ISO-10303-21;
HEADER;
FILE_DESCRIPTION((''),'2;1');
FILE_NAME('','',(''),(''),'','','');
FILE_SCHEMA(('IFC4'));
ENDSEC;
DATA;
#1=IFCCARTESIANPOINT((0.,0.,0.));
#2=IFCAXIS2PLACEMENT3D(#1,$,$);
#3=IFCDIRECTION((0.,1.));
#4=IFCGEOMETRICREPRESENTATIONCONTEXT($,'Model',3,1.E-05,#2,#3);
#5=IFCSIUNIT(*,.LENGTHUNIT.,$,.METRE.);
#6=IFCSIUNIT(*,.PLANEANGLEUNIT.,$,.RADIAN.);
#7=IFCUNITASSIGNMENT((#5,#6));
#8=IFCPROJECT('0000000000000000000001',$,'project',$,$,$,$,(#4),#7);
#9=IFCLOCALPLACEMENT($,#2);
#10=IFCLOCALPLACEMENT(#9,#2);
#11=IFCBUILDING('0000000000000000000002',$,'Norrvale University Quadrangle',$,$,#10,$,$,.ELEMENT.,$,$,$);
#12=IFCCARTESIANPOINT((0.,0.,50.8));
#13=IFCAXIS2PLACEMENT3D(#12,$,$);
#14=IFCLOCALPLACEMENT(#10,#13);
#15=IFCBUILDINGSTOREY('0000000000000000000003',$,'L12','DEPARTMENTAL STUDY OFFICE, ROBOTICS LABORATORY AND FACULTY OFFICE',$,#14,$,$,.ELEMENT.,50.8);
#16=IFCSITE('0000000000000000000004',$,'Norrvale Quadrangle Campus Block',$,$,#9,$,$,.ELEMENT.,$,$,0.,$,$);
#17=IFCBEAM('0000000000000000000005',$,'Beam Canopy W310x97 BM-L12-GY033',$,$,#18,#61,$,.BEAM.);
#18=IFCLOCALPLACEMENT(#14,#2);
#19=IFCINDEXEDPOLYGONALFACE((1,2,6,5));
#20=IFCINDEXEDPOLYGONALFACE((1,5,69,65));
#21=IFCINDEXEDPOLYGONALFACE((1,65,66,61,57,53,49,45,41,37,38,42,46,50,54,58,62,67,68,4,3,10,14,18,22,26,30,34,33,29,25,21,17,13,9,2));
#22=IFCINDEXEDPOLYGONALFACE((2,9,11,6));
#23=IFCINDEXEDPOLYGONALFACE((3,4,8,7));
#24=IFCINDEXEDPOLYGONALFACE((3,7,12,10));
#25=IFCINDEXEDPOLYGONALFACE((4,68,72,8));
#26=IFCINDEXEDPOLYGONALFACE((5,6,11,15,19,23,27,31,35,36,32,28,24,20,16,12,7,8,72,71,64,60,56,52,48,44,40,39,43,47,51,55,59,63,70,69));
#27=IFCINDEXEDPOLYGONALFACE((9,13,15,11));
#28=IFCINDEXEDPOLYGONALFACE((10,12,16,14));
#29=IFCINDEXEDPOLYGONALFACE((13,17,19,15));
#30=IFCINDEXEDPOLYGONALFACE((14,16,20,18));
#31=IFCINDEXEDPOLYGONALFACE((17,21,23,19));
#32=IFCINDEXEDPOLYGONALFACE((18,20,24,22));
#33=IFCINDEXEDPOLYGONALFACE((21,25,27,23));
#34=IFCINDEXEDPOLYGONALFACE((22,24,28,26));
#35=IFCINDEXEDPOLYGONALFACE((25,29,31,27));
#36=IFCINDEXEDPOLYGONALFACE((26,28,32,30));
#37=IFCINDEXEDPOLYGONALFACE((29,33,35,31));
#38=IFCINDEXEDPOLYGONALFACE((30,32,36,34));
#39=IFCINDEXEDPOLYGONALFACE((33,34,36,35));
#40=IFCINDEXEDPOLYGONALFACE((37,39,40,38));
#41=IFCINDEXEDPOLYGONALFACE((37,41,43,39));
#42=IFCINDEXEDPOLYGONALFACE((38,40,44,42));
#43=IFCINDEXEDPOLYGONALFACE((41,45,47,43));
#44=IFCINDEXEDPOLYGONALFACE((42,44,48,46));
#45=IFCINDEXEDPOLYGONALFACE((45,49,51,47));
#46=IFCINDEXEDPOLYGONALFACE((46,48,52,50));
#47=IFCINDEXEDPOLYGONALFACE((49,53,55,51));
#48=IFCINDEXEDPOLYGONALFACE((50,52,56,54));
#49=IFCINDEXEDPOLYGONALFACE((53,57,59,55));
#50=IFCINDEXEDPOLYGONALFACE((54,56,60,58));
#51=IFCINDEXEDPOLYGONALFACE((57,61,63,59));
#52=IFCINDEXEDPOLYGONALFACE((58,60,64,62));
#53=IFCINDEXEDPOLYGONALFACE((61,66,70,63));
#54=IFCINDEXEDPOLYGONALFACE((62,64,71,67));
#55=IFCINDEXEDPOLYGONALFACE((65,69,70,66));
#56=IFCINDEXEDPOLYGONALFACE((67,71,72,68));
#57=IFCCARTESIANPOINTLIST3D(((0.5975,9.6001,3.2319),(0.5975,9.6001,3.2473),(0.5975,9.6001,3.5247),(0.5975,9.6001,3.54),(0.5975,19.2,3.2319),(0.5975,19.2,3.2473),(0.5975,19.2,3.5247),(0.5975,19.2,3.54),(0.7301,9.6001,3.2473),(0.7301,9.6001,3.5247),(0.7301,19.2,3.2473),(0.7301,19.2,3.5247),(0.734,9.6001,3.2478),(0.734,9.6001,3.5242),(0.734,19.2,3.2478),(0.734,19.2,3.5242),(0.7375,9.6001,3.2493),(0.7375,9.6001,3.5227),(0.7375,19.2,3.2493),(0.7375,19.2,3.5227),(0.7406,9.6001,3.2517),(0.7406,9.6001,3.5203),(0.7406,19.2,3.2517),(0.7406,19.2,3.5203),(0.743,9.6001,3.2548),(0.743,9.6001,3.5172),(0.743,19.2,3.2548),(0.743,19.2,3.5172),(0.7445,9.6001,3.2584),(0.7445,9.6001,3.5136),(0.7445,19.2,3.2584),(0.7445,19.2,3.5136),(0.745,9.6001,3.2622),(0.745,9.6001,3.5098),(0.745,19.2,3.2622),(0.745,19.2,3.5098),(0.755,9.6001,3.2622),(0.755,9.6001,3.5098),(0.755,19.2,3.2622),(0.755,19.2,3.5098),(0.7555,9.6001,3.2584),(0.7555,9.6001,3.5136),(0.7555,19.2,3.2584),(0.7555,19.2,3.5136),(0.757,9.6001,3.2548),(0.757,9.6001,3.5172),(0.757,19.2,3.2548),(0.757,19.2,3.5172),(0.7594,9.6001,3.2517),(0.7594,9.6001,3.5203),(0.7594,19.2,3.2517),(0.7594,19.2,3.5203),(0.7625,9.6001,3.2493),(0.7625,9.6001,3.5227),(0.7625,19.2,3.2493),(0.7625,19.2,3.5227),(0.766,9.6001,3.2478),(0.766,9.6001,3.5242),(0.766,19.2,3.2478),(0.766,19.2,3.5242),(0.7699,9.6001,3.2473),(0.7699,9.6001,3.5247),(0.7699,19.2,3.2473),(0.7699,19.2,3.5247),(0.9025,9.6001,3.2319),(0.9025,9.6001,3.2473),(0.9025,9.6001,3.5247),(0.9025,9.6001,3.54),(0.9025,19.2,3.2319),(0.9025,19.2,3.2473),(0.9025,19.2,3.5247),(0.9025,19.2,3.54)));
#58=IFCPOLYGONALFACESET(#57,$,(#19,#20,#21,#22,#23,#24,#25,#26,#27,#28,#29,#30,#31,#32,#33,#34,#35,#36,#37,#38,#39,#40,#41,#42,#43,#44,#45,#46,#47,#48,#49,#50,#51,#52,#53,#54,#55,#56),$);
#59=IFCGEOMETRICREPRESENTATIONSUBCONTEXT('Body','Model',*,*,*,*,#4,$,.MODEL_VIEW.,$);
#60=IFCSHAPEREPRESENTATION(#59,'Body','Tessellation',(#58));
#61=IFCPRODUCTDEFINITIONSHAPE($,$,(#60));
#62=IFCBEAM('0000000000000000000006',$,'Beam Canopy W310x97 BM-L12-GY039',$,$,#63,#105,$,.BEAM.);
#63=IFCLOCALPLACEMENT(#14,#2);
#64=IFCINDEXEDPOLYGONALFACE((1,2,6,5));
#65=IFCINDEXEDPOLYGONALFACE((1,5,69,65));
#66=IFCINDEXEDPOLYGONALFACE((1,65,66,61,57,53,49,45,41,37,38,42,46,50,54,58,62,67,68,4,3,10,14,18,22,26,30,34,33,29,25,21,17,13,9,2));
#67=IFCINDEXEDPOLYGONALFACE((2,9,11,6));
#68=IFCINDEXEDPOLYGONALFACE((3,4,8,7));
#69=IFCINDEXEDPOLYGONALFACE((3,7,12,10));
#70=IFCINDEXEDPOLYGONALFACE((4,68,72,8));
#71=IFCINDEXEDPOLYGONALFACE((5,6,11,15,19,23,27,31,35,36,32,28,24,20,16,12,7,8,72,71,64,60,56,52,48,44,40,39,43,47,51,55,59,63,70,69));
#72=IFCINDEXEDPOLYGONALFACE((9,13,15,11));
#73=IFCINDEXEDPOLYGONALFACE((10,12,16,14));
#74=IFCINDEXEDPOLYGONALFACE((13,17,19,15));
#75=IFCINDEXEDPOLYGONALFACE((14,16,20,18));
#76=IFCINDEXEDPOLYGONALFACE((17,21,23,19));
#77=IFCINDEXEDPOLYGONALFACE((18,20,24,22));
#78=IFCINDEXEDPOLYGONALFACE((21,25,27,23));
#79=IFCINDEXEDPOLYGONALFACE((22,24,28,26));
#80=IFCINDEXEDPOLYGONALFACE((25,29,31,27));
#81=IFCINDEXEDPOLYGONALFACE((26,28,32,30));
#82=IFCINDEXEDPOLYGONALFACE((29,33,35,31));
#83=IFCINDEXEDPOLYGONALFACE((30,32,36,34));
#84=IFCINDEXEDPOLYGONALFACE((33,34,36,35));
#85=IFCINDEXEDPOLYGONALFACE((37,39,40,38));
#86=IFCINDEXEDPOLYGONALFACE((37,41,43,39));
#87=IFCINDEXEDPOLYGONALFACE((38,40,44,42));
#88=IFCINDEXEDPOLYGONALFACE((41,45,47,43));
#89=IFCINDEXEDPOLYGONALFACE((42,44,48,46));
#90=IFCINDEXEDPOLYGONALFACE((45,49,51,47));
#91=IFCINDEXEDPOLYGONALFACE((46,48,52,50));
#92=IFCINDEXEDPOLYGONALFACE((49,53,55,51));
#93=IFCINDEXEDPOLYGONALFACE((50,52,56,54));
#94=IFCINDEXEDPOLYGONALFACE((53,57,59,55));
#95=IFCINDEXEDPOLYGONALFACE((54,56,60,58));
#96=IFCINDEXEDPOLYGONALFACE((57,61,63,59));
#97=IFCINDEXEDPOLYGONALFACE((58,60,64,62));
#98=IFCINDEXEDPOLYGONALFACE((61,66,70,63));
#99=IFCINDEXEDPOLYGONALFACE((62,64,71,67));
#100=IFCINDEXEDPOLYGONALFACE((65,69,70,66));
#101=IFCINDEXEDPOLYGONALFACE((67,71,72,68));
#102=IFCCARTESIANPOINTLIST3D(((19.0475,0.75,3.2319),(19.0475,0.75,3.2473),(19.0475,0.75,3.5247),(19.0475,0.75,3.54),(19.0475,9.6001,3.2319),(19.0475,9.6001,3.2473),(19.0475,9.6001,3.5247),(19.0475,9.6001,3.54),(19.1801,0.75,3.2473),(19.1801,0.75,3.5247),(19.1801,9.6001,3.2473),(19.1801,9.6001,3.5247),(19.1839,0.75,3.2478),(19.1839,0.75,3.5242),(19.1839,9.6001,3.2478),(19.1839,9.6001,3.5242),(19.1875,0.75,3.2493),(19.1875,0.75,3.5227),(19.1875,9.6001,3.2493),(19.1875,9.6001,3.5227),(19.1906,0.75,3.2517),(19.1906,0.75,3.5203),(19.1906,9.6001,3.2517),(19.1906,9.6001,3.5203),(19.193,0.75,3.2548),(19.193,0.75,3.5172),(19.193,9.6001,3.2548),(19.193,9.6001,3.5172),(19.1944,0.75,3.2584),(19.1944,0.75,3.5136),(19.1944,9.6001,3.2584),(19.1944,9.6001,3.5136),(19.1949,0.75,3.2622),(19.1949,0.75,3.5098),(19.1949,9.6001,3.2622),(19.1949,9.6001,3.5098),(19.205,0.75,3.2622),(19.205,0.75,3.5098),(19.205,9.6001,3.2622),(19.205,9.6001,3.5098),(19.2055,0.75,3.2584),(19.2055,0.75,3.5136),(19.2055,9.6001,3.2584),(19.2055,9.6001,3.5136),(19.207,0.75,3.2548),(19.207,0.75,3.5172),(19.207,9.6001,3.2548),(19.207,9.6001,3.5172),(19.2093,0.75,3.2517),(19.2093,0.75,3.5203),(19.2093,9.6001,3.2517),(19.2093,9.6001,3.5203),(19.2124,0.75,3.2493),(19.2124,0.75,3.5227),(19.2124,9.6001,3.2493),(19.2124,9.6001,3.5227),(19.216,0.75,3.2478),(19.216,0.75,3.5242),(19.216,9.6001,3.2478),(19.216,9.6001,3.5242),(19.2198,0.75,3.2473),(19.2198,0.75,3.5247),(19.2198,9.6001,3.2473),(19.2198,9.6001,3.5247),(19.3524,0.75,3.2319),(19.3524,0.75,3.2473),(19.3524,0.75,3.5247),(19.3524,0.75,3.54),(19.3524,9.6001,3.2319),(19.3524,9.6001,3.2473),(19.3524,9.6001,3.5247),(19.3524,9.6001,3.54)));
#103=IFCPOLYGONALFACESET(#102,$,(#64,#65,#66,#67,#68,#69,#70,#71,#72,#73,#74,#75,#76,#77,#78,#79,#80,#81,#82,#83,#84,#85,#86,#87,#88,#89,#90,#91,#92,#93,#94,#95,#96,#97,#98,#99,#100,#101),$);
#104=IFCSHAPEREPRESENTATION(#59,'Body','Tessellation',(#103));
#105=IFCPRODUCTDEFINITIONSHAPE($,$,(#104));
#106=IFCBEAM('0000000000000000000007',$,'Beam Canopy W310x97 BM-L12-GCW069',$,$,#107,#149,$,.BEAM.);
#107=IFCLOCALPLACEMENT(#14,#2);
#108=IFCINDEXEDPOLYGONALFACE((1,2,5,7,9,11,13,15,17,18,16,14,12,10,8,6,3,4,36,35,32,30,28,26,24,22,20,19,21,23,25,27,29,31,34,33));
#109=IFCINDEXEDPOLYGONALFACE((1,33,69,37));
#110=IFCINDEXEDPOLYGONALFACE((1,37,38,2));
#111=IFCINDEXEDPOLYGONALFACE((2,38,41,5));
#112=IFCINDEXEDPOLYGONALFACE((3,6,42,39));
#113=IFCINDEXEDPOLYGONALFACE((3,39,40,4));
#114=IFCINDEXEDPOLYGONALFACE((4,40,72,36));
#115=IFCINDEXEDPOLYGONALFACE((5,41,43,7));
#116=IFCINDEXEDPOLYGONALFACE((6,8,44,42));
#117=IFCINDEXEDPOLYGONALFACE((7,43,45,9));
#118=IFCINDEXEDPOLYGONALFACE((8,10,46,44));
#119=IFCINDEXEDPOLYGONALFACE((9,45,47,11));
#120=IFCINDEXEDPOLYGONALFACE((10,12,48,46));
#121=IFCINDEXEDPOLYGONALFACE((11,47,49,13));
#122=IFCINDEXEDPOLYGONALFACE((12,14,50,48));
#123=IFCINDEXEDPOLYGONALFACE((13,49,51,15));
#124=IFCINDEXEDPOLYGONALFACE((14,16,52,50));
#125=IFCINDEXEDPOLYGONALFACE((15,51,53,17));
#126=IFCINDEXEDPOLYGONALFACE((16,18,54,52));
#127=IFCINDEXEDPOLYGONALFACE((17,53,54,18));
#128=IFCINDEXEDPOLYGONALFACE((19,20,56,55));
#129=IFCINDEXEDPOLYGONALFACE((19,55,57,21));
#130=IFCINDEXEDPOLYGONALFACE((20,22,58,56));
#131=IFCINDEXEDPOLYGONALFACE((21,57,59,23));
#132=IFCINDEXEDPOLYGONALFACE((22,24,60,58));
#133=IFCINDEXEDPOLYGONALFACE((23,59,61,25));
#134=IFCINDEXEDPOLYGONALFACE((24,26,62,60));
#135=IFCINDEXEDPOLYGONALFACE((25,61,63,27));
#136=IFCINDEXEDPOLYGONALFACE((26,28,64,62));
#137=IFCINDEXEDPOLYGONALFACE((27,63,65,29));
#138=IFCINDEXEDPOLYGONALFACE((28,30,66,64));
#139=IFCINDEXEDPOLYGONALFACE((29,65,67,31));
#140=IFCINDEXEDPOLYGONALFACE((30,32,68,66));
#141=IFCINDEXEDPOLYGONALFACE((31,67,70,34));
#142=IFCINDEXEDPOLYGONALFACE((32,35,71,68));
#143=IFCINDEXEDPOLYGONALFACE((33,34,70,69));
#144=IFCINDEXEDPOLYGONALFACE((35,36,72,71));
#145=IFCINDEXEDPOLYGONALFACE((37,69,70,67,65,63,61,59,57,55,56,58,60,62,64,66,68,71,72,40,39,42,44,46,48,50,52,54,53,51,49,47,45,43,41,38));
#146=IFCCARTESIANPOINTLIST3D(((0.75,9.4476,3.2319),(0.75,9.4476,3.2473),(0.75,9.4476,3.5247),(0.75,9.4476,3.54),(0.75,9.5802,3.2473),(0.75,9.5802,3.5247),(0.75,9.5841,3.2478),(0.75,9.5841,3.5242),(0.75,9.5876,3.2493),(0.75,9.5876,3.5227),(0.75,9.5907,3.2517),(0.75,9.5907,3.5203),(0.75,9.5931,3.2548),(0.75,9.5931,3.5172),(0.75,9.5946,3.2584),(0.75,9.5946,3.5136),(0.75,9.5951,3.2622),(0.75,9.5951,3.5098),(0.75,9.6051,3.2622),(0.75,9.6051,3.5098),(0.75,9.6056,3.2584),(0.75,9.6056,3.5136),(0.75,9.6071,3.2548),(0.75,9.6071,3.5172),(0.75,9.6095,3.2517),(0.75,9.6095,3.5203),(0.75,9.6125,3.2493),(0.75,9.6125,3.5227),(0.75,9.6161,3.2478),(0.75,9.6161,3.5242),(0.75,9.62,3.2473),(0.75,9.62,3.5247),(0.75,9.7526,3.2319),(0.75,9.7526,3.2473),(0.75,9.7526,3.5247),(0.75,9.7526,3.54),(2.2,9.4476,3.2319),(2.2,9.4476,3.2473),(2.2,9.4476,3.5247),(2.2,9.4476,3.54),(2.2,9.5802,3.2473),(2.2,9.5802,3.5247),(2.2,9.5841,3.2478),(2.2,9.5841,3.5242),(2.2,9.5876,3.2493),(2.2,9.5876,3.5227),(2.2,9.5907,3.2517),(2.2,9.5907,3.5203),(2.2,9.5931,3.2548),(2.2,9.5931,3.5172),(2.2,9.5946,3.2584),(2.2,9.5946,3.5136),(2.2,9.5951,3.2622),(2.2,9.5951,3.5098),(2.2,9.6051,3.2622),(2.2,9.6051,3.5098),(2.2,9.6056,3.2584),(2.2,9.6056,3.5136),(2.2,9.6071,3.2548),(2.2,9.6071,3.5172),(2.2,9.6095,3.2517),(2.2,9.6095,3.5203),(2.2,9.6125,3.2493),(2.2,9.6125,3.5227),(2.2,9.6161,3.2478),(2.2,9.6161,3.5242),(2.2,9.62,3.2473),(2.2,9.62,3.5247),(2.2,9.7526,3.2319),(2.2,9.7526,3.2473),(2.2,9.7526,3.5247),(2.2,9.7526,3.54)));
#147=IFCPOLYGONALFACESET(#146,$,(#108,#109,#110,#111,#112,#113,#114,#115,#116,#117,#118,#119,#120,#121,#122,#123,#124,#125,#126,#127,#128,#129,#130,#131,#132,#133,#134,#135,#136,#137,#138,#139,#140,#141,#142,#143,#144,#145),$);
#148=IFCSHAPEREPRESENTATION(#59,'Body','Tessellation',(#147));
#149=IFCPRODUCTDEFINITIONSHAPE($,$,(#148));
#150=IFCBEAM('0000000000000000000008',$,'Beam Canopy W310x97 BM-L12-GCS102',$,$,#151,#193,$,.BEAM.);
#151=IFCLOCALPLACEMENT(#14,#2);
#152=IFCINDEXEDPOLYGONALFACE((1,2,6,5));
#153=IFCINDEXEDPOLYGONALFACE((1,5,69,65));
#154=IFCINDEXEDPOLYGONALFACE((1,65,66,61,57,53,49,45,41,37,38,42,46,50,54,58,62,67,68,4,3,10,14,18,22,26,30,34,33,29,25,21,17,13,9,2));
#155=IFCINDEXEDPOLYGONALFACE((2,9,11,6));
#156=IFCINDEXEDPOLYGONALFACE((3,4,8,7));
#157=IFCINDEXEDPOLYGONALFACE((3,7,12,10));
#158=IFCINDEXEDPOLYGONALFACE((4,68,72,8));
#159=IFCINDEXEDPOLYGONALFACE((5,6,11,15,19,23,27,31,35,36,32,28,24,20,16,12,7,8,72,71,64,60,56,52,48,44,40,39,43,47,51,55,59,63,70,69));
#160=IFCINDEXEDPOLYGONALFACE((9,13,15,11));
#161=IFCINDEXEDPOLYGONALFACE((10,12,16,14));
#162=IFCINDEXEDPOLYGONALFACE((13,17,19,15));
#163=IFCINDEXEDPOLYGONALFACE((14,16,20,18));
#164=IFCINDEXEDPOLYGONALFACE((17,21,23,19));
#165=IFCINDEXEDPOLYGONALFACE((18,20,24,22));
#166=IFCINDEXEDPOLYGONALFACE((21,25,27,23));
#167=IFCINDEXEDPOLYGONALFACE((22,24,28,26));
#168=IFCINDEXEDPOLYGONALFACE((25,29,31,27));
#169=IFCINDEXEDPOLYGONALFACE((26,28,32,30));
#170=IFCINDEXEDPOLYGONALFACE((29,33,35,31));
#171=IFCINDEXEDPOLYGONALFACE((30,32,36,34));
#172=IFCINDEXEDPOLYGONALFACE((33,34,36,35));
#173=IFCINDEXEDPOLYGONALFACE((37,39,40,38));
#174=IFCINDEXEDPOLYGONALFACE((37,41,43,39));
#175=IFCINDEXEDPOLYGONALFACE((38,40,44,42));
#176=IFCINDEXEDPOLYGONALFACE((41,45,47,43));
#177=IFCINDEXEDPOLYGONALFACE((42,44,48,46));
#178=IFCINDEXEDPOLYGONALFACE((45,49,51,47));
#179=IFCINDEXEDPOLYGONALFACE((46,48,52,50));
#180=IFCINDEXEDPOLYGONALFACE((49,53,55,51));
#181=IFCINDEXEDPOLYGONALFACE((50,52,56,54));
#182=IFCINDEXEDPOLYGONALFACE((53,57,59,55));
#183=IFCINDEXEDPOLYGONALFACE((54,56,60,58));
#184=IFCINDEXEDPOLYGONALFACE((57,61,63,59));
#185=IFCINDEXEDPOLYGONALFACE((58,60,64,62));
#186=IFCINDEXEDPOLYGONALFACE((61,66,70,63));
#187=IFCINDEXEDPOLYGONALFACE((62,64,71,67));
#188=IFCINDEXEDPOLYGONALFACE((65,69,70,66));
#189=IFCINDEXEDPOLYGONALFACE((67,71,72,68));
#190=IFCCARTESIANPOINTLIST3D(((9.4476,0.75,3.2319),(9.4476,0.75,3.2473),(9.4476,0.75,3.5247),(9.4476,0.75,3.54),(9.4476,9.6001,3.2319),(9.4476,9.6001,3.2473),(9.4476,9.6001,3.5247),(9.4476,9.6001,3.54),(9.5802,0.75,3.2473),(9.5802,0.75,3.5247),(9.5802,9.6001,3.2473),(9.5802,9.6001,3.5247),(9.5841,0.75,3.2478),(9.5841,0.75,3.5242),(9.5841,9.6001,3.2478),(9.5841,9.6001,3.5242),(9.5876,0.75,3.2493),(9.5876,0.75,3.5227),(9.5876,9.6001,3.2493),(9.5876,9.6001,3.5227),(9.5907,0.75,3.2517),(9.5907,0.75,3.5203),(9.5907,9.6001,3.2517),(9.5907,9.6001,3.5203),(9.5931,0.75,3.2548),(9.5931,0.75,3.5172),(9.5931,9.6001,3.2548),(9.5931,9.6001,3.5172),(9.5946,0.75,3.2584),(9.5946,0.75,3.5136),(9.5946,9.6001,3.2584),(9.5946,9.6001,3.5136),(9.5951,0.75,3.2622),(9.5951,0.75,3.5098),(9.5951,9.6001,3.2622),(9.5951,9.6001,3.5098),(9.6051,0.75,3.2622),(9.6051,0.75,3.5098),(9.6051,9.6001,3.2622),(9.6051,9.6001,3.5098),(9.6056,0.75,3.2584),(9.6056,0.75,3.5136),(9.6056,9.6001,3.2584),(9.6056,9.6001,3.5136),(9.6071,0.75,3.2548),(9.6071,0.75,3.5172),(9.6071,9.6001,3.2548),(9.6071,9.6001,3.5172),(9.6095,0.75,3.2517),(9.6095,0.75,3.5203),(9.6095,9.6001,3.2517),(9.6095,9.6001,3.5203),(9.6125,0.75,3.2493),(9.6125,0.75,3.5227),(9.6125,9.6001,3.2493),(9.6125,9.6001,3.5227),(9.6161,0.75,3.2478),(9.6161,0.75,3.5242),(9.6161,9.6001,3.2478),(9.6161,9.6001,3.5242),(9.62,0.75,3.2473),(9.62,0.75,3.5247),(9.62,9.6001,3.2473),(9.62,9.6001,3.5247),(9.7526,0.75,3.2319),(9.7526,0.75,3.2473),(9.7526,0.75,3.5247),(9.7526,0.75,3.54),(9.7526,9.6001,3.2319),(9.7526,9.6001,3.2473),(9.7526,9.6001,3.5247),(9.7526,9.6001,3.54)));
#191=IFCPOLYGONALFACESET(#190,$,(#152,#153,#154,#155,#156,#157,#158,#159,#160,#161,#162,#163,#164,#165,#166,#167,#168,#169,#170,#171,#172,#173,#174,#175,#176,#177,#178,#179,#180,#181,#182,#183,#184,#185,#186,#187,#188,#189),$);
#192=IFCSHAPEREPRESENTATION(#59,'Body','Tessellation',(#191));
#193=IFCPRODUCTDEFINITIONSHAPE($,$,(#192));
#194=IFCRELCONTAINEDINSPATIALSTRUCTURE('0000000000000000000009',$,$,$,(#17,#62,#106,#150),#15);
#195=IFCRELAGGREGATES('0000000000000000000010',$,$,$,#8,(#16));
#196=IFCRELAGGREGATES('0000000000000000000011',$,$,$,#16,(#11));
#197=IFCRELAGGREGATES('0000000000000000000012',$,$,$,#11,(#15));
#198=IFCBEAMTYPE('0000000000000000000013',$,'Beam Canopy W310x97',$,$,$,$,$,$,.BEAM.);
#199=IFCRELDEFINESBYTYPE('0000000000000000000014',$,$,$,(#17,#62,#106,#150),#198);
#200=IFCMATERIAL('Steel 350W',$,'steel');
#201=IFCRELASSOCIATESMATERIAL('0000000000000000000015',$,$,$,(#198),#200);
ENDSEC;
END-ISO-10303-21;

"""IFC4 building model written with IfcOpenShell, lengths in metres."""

from ifc_helpers import new_model, si_unit, direction, frame, origin, origin_2d, place, context, subcontext, project, spatial, i_section, extrude, material, material_profile, profile_set, type_object, element, save


model = new_model("IFC4")

# Units and contexts
model_context = context("Model", 3, precision=1e-05, world=origin(), true_north=direction((0.0, 1.0)))
body_context = subcontext(model_context, "Body", "Model", "MODEL_VIEW")
ifc_project = project(units=[si_unit("LENGTHUNIT", "METRE"), si_unit("PLANEANGLEUNIT", "RADIAN")], contexts=[model_context])

# Site, building, storey
site_placement = place(None, origin())
site = spatial("IfcSite", under=ifc_project, at=site_placement, Name="Norrvale Quadrangle Campus Block", CompositionType="ELEMENT", RefElevation=0.0)
building_placement = place(site_placement, origin())
building = spatial("IfcBuilding", under=site, at=building_placement, Name="Norrvale University Quadrangle", CompositionType="ELEMENT")
storey_placement = place(building_placement, frame((0.0, 0.0, 50.8)))
storey = spatial("IfcBuildingStorey", under=building, at=storey_placement, Name="L12", Description="DEPARTMENTAL STUDY OFFICE, ROBOTICS LABORATORY AND FACULTY OFFICE", CompositionType="ELEMENT", Elevation=50.8)

# Beams
ifc_material_1 = material(Name="Steel 350W", Category="steel")
ifc_material_profile_1 = material_profile(ifc_material_1, i_section(OverallWidth=0.3049, OverallDepth=0.3081, WebThickness=0.01, FlangeThickness=0.0154, FilletRadius=0.0149, at=origin_2d()), Name="Steel 350W")
ifc_profile_set_1 = profile_set([ifc_material_profile_1], Name="Steel 350W")
beam_type_1 = type_object("IfcBeamType", Name="Beam Canopy W310x97", PredefinedType="BEAM", material=ifc_profile_set_1)
beam_1_placement = place(storey_placement, frame((0.75, 9.6001, 3.386), z_axis=(0.0, 1.0, 0.0), x_axis=(-1.0, 0.0, 0.0)))
element("IfcBeam", 1, at=beam_1_placement, inside=storey, type_object=beam_type_1, Name="Beam Canopy W310x97 BM-L12-GY033", PredefinedType="BEAM", context=body_context, shape_type="SweptSolid", body=[
    extrude(i_section(OverallWidth=0.3049, OverallDepth=0.3081, WebThickness=0.01, FlangeThickness=0.0154, FilletRadius=0.0149, at=origin_2d()), origin(), (0.0, 0.0, 1.0), 9.5999),
])
beam_2_placement = place(storey_placement, frame((19.2, 0.75, 3.386), z_axis=(0.0, 1.0, 0.0), x_axis=(-1.0, 0.0, 0.0)))
element("IfcBeam", 2, at=beam_2_placement, inside=storey, type_object=beam_type_1, Name="Beam Canopy W310x97 BM-L12-GY039", PredefinedType="BEAM", context=body_context, shape_type="SweptSolid", body=[
    extrude(i_section(OverallWidth=0.3049, OverallDepth=0.3081, WebThickness=0.01, FlangeThickness=0.0154, FilletRadius=0.0149, at=origin_2d()), origin(), (0.0, 0.0, 1.0), 8.8501),
])
beam_3_placement = place(storey_placement, frame((0.75, 9.6001, 3.386), z_axis=(1.0, 0.0, 0.0), x_axis=(0.0, 1.0, 0.0)))
element("IfcBeam", 3, at=beam_3_placement, inside=storey, type_object=beam_type_1, Name="Beam Canopy W310x97 BM-L12-GCW069", PredefinedType="BEAM", context=body_context, shape_type="SweptSolid", body=[
    extrude(i_section(OverallWidth=0.3049, OverallDepth=0.3081, WebThickness=0.01, FlangeThickness=0.0154, FilletRadius=0.0149, at=origin_2d()), origin(), (0.0, 0.0, 1.0), 1.45),
])
beam_4_placement = place(storey_placement, frame((9.6001, 0.75, 3.386), z_axis=(0.0, 1.0, 0.0), x_axis=(-1.0, 0.0, 0.0)))
element("IfcBeam", 4, at=beam_4_placement, inside=storey, type_object=beam_type_1, Name="Beam Canopy W310x97 BM-L12-GCS102", PredefinedType="BEAM", context=body_context, shape_type="SweptSolid", body=[
    extrude(i_section(OverallWidth=0.3049, OverallDepth=0.3081, WebThickness=0.01, FlangeThickness=0.0154, FilletRadius=0.0149, at=origin_2d()), origin(), (0.0, 0.0, 1.0), 8.8501),
])

save(model, "model.ifc")
